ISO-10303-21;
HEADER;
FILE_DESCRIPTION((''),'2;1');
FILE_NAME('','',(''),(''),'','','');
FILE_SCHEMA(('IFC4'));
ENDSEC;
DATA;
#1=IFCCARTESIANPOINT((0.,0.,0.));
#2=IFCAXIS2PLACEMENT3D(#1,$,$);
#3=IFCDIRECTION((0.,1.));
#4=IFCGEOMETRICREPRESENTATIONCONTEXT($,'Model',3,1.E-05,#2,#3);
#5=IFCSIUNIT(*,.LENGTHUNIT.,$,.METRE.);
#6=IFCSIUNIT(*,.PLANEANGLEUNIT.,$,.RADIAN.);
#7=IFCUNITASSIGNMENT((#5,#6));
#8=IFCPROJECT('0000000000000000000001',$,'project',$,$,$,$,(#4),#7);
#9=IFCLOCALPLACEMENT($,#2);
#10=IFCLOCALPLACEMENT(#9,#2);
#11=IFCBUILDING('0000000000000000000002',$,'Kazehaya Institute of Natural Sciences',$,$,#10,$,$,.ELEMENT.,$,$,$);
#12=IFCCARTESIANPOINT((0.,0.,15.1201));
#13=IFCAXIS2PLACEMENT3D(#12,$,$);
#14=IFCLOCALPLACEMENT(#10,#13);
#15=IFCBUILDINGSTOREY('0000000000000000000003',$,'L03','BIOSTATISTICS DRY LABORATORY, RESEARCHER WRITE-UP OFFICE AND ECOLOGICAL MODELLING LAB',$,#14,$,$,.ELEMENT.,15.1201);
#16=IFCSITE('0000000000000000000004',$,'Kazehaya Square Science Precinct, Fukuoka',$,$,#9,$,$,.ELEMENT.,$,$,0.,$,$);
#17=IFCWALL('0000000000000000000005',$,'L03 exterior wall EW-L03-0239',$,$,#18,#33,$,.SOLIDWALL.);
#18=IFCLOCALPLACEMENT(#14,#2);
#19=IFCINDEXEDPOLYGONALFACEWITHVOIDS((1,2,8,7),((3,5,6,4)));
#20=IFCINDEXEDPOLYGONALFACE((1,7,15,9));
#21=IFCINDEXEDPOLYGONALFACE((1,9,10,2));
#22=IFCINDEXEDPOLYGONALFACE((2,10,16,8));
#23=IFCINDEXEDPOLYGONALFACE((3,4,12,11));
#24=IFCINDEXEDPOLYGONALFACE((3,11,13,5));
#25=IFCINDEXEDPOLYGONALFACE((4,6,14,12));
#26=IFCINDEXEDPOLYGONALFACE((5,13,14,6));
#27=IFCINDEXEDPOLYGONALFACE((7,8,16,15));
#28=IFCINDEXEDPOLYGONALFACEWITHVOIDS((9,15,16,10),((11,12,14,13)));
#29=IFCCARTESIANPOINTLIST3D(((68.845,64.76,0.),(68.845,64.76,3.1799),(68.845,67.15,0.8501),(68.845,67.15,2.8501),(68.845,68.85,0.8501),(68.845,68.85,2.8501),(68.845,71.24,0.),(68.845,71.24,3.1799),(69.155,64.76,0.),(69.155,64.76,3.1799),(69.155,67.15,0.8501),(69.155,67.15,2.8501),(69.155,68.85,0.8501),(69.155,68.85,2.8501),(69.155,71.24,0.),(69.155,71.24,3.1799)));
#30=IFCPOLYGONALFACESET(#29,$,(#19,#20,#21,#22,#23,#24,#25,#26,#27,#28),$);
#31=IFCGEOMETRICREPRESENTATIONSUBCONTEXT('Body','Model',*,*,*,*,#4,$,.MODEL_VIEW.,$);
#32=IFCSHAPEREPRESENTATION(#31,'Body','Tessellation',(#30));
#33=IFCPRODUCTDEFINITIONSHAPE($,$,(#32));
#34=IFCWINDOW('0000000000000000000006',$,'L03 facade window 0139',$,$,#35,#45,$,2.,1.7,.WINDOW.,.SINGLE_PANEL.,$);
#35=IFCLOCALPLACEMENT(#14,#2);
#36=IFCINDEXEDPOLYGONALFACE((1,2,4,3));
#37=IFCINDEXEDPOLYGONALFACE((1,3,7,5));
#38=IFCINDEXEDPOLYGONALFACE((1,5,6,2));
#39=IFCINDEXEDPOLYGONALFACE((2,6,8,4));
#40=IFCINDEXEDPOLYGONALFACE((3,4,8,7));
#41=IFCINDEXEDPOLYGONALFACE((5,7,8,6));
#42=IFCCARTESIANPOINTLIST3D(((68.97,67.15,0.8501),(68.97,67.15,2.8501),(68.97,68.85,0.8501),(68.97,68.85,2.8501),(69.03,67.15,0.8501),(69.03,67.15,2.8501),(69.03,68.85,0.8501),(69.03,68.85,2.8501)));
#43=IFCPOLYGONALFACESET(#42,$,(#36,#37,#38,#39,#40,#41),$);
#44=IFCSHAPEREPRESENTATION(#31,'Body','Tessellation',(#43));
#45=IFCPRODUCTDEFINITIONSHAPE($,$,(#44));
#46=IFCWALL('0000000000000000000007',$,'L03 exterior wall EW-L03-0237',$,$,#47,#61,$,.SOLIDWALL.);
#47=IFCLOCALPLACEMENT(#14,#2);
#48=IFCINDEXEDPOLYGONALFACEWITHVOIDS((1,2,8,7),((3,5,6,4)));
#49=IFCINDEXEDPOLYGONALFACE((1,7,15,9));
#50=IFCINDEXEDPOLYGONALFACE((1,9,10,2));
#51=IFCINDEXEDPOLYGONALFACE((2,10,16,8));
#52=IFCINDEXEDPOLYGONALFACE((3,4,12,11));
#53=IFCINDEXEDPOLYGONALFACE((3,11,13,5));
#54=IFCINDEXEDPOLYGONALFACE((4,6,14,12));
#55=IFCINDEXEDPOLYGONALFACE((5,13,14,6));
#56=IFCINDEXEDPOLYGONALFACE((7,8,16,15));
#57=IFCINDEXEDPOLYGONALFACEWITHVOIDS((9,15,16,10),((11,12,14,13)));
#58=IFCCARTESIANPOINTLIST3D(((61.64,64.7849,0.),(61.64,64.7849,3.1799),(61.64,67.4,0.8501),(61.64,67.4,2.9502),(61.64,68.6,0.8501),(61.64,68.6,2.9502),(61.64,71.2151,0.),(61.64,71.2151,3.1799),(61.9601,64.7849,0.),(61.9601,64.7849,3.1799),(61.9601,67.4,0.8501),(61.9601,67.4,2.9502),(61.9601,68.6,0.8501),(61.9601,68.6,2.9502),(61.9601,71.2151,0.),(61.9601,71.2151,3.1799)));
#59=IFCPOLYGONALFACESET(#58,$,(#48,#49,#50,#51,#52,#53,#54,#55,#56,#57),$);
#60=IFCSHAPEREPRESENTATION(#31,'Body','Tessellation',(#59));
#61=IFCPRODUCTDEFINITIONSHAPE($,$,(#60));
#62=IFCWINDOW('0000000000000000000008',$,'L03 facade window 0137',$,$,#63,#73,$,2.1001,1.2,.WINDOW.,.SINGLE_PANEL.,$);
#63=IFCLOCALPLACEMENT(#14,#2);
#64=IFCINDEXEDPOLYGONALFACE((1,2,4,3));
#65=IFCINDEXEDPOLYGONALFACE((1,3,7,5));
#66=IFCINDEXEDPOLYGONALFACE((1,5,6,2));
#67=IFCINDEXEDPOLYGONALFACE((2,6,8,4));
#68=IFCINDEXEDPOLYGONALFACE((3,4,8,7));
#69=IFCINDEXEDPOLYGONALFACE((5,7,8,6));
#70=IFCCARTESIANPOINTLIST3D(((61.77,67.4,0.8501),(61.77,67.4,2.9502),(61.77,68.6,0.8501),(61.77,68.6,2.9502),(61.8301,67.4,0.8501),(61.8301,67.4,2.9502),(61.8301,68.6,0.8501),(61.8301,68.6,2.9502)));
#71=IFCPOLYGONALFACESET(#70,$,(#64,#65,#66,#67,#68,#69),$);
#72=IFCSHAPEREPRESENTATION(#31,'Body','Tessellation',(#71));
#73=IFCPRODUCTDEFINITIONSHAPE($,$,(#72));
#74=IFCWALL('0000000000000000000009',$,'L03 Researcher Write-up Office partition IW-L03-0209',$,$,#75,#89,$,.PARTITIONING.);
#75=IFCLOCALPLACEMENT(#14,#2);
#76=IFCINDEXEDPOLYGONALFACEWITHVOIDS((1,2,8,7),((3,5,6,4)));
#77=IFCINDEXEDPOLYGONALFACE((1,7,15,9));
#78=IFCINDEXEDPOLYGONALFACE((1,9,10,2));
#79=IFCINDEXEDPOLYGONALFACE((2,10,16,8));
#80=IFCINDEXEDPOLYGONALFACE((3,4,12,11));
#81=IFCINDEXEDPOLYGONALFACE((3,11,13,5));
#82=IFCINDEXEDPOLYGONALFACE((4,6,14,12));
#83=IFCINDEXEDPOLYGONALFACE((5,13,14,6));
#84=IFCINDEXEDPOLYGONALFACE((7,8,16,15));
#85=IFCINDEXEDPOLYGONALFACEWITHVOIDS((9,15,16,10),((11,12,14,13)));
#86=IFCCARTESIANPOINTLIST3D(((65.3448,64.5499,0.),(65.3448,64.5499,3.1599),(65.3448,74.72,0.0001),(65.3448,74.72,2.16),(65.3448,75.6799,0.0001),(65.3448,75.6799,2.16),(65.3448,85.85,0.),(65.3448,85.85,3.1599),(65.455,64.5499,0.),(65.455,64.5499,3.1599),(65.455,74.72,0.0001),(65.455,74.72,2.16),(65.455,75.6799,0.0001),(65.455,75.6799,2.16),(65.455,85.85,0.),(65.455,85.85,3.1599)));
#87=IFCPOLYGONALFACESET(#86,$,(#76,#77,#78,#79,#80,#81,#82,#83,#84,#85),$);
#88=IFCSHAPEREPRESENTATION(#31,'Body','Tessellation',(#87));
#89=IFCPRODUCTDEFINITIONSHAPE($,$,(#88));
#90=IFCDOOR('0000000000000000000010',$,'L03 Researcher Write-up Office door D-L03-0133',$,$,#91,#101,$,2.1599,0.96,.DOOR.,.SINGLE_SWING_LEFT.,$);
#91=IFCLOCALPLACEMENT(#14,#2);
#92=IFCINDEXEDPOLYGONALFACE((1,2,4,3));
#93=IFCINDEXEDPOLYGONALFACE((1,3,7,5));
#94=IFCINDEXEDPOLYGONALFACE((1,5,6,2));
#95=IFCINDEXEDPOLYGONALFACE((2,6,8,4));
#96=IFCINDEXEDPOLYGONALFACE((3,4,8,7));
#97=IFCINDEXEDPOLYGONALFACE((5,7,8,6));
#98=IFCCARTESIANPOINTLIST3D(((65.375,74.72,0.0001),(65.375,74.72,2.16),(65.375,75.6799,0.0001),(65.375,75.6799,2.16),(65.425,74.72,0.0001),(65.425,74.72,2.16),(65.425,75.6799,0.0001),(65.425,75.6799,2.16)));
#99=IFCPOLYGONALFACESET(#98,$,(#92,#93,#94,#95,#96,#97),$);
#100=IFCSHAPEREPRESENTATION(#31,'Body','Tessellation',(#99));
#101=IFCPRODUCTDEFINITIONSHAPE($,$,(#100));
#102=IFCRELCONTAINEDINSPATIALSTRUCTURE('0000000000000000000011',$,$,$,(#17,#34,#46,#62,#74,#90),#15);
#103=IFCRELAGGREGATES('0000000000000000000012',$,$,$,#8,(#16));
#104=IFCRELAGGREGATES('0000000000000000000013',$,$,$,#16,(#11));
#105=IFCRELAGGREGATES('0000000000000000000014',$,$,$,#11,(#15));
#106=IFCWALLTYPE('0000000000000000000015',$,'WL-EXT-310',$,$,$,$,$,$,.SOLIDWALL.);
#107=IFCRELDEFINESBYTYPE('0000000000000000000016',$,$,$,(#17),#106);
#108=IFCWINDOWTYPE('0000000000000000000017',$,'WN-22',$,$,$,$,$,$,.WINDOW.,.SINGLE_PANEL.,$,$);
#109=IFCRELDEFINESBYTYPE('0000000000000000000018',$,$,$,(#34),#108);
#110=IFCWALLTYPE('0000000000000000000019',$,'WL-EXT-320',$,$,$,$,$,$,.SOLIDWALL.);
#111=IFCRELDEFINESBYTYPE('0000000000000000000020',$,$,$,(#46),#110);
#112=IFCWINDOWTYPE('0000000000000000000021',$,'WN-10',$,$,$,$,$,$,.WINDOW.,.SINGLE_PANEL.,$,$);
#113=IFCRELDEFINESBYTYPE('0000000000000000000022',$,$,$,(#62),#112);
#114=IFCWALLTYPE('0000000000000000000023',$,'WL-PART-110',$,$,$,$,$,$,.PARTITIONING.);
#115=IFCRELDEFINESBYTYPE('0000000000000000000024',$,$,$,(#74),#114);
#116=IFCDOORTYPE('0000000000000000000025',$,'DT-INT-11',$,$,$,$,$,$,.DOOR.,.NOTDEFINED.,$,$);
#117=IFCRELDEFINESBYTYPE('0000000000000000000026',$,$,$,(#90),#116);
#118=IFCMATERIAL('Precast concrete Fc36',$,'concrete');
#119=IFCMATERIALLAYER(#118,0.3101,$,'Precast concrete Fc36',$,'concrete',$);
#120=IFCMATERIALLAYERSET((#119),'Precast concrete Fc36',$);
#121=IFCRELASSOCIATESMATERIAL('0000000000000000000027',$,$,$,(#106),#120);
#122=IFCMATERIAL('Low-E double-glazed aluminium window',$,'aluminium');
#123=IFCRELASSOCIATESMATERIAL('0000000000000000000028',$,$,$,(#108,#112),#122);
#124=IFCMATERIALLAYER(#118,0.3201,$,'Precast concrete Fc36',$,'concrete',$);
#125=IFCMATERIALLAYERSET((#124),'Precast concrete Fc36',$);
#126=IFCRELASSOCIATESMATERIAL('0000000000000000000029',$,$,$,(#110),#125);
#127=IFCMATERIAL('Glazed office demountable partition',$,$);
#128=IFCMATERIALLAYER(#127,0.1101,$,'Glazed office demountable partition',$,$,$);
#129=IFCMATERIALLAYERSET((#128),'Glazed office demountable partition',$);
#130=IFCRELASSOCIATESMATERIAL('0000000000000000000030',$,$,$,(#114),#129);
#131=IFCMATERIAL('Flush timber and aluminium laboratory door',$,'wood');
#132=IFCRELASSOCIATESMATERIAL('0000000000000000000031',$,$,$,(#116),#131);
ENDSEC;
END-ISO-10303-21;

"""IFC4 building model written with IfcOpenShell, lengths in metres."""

from ifc_helpers import new_model, si_unit, direction, frame, frame_2d, origin, place, context, subcontext, project, spatial, rectangle, extrude, material, layer, layer_set, type_object, element, fill, save


model = new_model("IFC4")

# Units and contexts
model_context = context("Model", 3, precision=1e-05, world=origin(), true_north=direction((0.0, 1.0)))
body_context = subcontext(model_context, "Body", "Model", "MODEL_VIEW")
ifc_project = project(units=[si_unit("LENGTHUNIT", "METRE"), si_unit("PLANEANGLEUNIT", "RADIAN")], contexts=[model_context])

# Site, building, storey
site_placement = place(None, origin())
site = spatial("IfcSite", under=ifc_project, at=site_placement, Name="Kazehaya Square Science Precinct, Fukuoka", CompositionType="ELEMENT", RefElevation=0.0)
building_placement = place(site_placement, origin())
building = spatial("IfcBuilding", under=site, at=building_placement, Name="Kazehaya Institute of Natural Sciences", CompositionType="ELEMENT")
storey_placement = place(building_placement, frame((0.0, 0.0, 15.1201)))
storey = spatial("IfcBuildingStorey", under=building, at=storey_placement, Name="L03", Description="BIOSTATISTICS DRY LABORATORY, RESEARCHER WRITE-UP OFFICE AND ECOLOGICAL MODELLING LAB", CompositionType="ELEMENT", Elevation=15.1201)

# Walls, openings, windows
ifc_material_1 = material(Name="Precast concrete Fc36", Category="concrete")
ifc_layer_1 = layer(ifc_material_1, 0.3101, Name="Precast concrete Fc36", Category="concrete")
ifc_layer_set_1 = layer_set([ifc_layer_1], Name="Precast concrete Fc36")
wall_type_1 = type_object("IfcWallType", Name="WL-EXT-310", PredefinedType="SOLIDWALL", material=ifc_layer_set_1)
ifc_material_2 = material(Name="Low-E double-glazed aluminium window", Category="aluminium")
wall_1_placement = place(storey_placement, frame((69.0, 71.24, 0.0), z_axis=(0.0, 0.0, 1.0), x_axis=(0.0, -1.0, 0.0)))
wall_1 = element("IfcWall", 1, at=wall_1_placement, inside=storey, type_object=wall_type_1, Name="L03 exterior wall EW-L03-0239", PredefinedType="SOLIDWALL", context=body_context, shape_type="SweptSolid", body=[
    extrude(rectangle(XDim=6.48, YDim=0.3101, at=frame_2d((3.24, 0.0))), origin(), (0.0, 0.0, 1.0), 3.1799),
])
opening_1_placement = place(wall_1_placement, frame((2.3899, 0.0, 0.8501)))
opening_1 = element("IfcOpeningElement", 2, at=opening_1_placement, cuts=wall_1, PredefinedType="OPENING", context=body_context, shape_type="SweptSolid", body=[
    extrude(rectangle(XDim=1.7, YDim=2.0, at=frame_2d((0.8501, 1.0))), frame((0.0, 0.165, 0.0), z_axis=(0.0, -1.0, 0.0), x_axis=(1.0, 0.0, 0.0)), (0.0, 0.0, 1.0), 0.3301),
])
window_type_1 = type_object("IfcWindowType", Name="WN-22", PartitioningType="SINGLE_PANEL", PredefinedType="WINDOW", material=ifc_material_2)
window_1_placement = place(opening_1_placement, origin())
window_1 = element("IfcWindow", 3, at=window_1_placement, inside=storey, type_object=window_type_1, Name="L03 facade window 0139", OverallHeight=2.0, OverallWidth=1.7, PartitioningType="SINGLE_PANEL", PredefinedType="WINDOW", context=body_context, shape_type="SweptSolid", body=[
    extrude(rectangle(XDim=1.7, YDim=2.0, at=frame_2d((0.8501, 1.0))), frame((0.0, 0.03, 0.0), z_axis=(0.0, -1.0, 0.0), x_axis=(1.0, 0.0, 0.0)), (0.0, 0.0, 1.0), 0.0601),
])
fill(opening_1, window_1)
ifc_layer_2 = layer(ifc_material_1, 0.3201, Name="Precast concrete Fc36", Category="concrete")
ifc_layer_set_2 = layer_set([ifc_layer_2], Name="Precast concrete Fc36")
wall_type_2 = type_object("IfcWallType", Name="WL-EXT-320", PredefinedType="SOLIDWALL", material=ifc_layer_set_2)
wall_2_placement = place(storey_placement, frame((61.8, 64.7849, 0.0), z_axis=(0.0, 0.0, 1.0), x_axis=(0.0, 1.0, 0.0)))
wall_2 = element("IfcWall", 4, at=wall_2_placement, inside=storey, type_object=wall_type_2, Name="L03 exterior wall EW-L03-0237", PredefinedType="SOLIDWALL", context=body_context, shape_type="SweptSolid", body=[
    extrude(rectangle(XDim=6.4302, YDim=0.3201, at=frame_2d((3.2151, 0.0))), origin(), (0.0, 0.0, 1.0), 3.1799),
])
opening_2_placement = place(wall_2_placement, frame((2.615, 0.0, 0.8501)))
opening_2 = element("IfcOpeningElement", 5, at=opening_2_placement, cuts=wall_2, PredefinedType="OPENING", context=body_context, shape_type="SweptSolid", body=[
    extrude(rectangle(XDim=1.2, YDim=2.1001, at=frame_2d((0.6001, 1.05))), frame((0.0, 0.1699, 0.0), z_axis=(0.0, -1.0, 0.0), x_axis=(1.0, 0.0, 0.0)), (0.0, 0.0, 1.0), 0.3401),
])
window_type_2 = type_object("IfcWindowType", Name="WN-10", PartitioningType="SINGLE_PANEL", PredefinedType="WINDOW", material=ifc_material_2)
window_2_placement = place(opening_2_placement, origin())
window_2 = element("IfcWindow", 6, at=window_2_placement, inside=storey, type_object=window_type_2, Name="L03 facade window 0137", OverallHeight=2.1001, OverallWidth=1.2, PartitioningType="SINGLE_PANEL", PredefinedType="WINDOW", context=body_context, shape_type="SweptSolid", body=[
    extrude(rectangle(XDim=1.2, YDim=2.1001, at=frame_2d((0.6001, 1.05))), frame((0.0, 0.03, 0.0), z_axis=(0.0, -1.0, 0.0), x_axis=(1.0, 0.0, 0.0)), (0.0, 0.0, 1.0), 0.0601),
])
fill(opening_2, window_2)

# Wall, opening, door
ifc_material_3 = material(Name="Glazed office demountable partition")
ifc_layer_3 = layer(ifc_material_3, 0.1101, Name="Glazed office demountable partition")
ifc_layer_set_3 = layer_set([ifc_layer_3], Name="Glazed office demountable partition")
wall_type_3 = type_object("IfcWallType", Name="WL-PART-110", PredefinedType="PARTITIONING", material=ifc_layer_set_3)
wall_3_placement = place(storey_placement, frame((65.3999, 64.55, 0.0), z_axis=(0.0, 0.0, 1.0), x_axis=(0.0, 1.0, 0.0)))
wall_3 = element("IfcWall", 7, at=wall_3_placement, inside=storey, type_object=wall_type_3, Name="L03 Researcher Write-up Office partition IW-L03-0209", PredefinedType="PARTITIONING", context=body_context, shape_type="SweptSolid", body=[
    extrude(rectangle(XDim=21.3, YDim=0.1101, at=frame_2d((10.6499, 0.0))), origin(), (0.0, 0.0, 1.0), 3.1599),
])
opening_3_placement = place(wall_3_placement, frame((10.1699, 0.0, 0.0)))
opening_3 = element("IfcOpeningElement", 8, at=opening_3_placement, cuts=wall_3, PredefinedType="OPENING", context=body_context, shape_type="SweptSolid", body=[
    extrude(rectangle(XDim=0.96, YDim=2.1599, at=frame_2d((0.48, 1.0801))), frame((0.0, 0.0649, 0.0), z_axis=(0.0, -1.0, 0.0), x_axis=(1.0, 0.0, 0.0)), (0.0, 0.0, 1.0), 0.1301),
])
ifc_material_4 = material(Name="Flush timber and aluminium laboratory door", Category="wood")
door_type = type_object("IfcDoorType", Name="DT-INT-11", OperationType="NOTDEFINED", PredefinedType="DOOR", material=ifc_material_4)
door_placement = place(opening_3_placement, origin())
door = element("IfcDoor", 9, at=door_placement, inside=storey, type_object=door_type, Name="L03 Researcher Write-up Office door D-L03-0133", OperationType="SINGLE_SWING_LEFT", OverallHeight=2.1599, OverallWidth=0.96, PredefinedType="DOOR", context=body_context, shape_type="SweptSolid", body=[
    extrude(rectangle(XDim=0.96, YDim=2.1599, at=frame_2d((0.48, 1.0801))), frame((0.0, 0.0249, 0.0), z_axis=(0.0, -1.0, 0.0), x_axis=(1.0, 0.0, 0.0)), (0.0, 0.0, 1.0), 0.05),
])
fill(opening_3, door)

save(model, "model.ifc")
